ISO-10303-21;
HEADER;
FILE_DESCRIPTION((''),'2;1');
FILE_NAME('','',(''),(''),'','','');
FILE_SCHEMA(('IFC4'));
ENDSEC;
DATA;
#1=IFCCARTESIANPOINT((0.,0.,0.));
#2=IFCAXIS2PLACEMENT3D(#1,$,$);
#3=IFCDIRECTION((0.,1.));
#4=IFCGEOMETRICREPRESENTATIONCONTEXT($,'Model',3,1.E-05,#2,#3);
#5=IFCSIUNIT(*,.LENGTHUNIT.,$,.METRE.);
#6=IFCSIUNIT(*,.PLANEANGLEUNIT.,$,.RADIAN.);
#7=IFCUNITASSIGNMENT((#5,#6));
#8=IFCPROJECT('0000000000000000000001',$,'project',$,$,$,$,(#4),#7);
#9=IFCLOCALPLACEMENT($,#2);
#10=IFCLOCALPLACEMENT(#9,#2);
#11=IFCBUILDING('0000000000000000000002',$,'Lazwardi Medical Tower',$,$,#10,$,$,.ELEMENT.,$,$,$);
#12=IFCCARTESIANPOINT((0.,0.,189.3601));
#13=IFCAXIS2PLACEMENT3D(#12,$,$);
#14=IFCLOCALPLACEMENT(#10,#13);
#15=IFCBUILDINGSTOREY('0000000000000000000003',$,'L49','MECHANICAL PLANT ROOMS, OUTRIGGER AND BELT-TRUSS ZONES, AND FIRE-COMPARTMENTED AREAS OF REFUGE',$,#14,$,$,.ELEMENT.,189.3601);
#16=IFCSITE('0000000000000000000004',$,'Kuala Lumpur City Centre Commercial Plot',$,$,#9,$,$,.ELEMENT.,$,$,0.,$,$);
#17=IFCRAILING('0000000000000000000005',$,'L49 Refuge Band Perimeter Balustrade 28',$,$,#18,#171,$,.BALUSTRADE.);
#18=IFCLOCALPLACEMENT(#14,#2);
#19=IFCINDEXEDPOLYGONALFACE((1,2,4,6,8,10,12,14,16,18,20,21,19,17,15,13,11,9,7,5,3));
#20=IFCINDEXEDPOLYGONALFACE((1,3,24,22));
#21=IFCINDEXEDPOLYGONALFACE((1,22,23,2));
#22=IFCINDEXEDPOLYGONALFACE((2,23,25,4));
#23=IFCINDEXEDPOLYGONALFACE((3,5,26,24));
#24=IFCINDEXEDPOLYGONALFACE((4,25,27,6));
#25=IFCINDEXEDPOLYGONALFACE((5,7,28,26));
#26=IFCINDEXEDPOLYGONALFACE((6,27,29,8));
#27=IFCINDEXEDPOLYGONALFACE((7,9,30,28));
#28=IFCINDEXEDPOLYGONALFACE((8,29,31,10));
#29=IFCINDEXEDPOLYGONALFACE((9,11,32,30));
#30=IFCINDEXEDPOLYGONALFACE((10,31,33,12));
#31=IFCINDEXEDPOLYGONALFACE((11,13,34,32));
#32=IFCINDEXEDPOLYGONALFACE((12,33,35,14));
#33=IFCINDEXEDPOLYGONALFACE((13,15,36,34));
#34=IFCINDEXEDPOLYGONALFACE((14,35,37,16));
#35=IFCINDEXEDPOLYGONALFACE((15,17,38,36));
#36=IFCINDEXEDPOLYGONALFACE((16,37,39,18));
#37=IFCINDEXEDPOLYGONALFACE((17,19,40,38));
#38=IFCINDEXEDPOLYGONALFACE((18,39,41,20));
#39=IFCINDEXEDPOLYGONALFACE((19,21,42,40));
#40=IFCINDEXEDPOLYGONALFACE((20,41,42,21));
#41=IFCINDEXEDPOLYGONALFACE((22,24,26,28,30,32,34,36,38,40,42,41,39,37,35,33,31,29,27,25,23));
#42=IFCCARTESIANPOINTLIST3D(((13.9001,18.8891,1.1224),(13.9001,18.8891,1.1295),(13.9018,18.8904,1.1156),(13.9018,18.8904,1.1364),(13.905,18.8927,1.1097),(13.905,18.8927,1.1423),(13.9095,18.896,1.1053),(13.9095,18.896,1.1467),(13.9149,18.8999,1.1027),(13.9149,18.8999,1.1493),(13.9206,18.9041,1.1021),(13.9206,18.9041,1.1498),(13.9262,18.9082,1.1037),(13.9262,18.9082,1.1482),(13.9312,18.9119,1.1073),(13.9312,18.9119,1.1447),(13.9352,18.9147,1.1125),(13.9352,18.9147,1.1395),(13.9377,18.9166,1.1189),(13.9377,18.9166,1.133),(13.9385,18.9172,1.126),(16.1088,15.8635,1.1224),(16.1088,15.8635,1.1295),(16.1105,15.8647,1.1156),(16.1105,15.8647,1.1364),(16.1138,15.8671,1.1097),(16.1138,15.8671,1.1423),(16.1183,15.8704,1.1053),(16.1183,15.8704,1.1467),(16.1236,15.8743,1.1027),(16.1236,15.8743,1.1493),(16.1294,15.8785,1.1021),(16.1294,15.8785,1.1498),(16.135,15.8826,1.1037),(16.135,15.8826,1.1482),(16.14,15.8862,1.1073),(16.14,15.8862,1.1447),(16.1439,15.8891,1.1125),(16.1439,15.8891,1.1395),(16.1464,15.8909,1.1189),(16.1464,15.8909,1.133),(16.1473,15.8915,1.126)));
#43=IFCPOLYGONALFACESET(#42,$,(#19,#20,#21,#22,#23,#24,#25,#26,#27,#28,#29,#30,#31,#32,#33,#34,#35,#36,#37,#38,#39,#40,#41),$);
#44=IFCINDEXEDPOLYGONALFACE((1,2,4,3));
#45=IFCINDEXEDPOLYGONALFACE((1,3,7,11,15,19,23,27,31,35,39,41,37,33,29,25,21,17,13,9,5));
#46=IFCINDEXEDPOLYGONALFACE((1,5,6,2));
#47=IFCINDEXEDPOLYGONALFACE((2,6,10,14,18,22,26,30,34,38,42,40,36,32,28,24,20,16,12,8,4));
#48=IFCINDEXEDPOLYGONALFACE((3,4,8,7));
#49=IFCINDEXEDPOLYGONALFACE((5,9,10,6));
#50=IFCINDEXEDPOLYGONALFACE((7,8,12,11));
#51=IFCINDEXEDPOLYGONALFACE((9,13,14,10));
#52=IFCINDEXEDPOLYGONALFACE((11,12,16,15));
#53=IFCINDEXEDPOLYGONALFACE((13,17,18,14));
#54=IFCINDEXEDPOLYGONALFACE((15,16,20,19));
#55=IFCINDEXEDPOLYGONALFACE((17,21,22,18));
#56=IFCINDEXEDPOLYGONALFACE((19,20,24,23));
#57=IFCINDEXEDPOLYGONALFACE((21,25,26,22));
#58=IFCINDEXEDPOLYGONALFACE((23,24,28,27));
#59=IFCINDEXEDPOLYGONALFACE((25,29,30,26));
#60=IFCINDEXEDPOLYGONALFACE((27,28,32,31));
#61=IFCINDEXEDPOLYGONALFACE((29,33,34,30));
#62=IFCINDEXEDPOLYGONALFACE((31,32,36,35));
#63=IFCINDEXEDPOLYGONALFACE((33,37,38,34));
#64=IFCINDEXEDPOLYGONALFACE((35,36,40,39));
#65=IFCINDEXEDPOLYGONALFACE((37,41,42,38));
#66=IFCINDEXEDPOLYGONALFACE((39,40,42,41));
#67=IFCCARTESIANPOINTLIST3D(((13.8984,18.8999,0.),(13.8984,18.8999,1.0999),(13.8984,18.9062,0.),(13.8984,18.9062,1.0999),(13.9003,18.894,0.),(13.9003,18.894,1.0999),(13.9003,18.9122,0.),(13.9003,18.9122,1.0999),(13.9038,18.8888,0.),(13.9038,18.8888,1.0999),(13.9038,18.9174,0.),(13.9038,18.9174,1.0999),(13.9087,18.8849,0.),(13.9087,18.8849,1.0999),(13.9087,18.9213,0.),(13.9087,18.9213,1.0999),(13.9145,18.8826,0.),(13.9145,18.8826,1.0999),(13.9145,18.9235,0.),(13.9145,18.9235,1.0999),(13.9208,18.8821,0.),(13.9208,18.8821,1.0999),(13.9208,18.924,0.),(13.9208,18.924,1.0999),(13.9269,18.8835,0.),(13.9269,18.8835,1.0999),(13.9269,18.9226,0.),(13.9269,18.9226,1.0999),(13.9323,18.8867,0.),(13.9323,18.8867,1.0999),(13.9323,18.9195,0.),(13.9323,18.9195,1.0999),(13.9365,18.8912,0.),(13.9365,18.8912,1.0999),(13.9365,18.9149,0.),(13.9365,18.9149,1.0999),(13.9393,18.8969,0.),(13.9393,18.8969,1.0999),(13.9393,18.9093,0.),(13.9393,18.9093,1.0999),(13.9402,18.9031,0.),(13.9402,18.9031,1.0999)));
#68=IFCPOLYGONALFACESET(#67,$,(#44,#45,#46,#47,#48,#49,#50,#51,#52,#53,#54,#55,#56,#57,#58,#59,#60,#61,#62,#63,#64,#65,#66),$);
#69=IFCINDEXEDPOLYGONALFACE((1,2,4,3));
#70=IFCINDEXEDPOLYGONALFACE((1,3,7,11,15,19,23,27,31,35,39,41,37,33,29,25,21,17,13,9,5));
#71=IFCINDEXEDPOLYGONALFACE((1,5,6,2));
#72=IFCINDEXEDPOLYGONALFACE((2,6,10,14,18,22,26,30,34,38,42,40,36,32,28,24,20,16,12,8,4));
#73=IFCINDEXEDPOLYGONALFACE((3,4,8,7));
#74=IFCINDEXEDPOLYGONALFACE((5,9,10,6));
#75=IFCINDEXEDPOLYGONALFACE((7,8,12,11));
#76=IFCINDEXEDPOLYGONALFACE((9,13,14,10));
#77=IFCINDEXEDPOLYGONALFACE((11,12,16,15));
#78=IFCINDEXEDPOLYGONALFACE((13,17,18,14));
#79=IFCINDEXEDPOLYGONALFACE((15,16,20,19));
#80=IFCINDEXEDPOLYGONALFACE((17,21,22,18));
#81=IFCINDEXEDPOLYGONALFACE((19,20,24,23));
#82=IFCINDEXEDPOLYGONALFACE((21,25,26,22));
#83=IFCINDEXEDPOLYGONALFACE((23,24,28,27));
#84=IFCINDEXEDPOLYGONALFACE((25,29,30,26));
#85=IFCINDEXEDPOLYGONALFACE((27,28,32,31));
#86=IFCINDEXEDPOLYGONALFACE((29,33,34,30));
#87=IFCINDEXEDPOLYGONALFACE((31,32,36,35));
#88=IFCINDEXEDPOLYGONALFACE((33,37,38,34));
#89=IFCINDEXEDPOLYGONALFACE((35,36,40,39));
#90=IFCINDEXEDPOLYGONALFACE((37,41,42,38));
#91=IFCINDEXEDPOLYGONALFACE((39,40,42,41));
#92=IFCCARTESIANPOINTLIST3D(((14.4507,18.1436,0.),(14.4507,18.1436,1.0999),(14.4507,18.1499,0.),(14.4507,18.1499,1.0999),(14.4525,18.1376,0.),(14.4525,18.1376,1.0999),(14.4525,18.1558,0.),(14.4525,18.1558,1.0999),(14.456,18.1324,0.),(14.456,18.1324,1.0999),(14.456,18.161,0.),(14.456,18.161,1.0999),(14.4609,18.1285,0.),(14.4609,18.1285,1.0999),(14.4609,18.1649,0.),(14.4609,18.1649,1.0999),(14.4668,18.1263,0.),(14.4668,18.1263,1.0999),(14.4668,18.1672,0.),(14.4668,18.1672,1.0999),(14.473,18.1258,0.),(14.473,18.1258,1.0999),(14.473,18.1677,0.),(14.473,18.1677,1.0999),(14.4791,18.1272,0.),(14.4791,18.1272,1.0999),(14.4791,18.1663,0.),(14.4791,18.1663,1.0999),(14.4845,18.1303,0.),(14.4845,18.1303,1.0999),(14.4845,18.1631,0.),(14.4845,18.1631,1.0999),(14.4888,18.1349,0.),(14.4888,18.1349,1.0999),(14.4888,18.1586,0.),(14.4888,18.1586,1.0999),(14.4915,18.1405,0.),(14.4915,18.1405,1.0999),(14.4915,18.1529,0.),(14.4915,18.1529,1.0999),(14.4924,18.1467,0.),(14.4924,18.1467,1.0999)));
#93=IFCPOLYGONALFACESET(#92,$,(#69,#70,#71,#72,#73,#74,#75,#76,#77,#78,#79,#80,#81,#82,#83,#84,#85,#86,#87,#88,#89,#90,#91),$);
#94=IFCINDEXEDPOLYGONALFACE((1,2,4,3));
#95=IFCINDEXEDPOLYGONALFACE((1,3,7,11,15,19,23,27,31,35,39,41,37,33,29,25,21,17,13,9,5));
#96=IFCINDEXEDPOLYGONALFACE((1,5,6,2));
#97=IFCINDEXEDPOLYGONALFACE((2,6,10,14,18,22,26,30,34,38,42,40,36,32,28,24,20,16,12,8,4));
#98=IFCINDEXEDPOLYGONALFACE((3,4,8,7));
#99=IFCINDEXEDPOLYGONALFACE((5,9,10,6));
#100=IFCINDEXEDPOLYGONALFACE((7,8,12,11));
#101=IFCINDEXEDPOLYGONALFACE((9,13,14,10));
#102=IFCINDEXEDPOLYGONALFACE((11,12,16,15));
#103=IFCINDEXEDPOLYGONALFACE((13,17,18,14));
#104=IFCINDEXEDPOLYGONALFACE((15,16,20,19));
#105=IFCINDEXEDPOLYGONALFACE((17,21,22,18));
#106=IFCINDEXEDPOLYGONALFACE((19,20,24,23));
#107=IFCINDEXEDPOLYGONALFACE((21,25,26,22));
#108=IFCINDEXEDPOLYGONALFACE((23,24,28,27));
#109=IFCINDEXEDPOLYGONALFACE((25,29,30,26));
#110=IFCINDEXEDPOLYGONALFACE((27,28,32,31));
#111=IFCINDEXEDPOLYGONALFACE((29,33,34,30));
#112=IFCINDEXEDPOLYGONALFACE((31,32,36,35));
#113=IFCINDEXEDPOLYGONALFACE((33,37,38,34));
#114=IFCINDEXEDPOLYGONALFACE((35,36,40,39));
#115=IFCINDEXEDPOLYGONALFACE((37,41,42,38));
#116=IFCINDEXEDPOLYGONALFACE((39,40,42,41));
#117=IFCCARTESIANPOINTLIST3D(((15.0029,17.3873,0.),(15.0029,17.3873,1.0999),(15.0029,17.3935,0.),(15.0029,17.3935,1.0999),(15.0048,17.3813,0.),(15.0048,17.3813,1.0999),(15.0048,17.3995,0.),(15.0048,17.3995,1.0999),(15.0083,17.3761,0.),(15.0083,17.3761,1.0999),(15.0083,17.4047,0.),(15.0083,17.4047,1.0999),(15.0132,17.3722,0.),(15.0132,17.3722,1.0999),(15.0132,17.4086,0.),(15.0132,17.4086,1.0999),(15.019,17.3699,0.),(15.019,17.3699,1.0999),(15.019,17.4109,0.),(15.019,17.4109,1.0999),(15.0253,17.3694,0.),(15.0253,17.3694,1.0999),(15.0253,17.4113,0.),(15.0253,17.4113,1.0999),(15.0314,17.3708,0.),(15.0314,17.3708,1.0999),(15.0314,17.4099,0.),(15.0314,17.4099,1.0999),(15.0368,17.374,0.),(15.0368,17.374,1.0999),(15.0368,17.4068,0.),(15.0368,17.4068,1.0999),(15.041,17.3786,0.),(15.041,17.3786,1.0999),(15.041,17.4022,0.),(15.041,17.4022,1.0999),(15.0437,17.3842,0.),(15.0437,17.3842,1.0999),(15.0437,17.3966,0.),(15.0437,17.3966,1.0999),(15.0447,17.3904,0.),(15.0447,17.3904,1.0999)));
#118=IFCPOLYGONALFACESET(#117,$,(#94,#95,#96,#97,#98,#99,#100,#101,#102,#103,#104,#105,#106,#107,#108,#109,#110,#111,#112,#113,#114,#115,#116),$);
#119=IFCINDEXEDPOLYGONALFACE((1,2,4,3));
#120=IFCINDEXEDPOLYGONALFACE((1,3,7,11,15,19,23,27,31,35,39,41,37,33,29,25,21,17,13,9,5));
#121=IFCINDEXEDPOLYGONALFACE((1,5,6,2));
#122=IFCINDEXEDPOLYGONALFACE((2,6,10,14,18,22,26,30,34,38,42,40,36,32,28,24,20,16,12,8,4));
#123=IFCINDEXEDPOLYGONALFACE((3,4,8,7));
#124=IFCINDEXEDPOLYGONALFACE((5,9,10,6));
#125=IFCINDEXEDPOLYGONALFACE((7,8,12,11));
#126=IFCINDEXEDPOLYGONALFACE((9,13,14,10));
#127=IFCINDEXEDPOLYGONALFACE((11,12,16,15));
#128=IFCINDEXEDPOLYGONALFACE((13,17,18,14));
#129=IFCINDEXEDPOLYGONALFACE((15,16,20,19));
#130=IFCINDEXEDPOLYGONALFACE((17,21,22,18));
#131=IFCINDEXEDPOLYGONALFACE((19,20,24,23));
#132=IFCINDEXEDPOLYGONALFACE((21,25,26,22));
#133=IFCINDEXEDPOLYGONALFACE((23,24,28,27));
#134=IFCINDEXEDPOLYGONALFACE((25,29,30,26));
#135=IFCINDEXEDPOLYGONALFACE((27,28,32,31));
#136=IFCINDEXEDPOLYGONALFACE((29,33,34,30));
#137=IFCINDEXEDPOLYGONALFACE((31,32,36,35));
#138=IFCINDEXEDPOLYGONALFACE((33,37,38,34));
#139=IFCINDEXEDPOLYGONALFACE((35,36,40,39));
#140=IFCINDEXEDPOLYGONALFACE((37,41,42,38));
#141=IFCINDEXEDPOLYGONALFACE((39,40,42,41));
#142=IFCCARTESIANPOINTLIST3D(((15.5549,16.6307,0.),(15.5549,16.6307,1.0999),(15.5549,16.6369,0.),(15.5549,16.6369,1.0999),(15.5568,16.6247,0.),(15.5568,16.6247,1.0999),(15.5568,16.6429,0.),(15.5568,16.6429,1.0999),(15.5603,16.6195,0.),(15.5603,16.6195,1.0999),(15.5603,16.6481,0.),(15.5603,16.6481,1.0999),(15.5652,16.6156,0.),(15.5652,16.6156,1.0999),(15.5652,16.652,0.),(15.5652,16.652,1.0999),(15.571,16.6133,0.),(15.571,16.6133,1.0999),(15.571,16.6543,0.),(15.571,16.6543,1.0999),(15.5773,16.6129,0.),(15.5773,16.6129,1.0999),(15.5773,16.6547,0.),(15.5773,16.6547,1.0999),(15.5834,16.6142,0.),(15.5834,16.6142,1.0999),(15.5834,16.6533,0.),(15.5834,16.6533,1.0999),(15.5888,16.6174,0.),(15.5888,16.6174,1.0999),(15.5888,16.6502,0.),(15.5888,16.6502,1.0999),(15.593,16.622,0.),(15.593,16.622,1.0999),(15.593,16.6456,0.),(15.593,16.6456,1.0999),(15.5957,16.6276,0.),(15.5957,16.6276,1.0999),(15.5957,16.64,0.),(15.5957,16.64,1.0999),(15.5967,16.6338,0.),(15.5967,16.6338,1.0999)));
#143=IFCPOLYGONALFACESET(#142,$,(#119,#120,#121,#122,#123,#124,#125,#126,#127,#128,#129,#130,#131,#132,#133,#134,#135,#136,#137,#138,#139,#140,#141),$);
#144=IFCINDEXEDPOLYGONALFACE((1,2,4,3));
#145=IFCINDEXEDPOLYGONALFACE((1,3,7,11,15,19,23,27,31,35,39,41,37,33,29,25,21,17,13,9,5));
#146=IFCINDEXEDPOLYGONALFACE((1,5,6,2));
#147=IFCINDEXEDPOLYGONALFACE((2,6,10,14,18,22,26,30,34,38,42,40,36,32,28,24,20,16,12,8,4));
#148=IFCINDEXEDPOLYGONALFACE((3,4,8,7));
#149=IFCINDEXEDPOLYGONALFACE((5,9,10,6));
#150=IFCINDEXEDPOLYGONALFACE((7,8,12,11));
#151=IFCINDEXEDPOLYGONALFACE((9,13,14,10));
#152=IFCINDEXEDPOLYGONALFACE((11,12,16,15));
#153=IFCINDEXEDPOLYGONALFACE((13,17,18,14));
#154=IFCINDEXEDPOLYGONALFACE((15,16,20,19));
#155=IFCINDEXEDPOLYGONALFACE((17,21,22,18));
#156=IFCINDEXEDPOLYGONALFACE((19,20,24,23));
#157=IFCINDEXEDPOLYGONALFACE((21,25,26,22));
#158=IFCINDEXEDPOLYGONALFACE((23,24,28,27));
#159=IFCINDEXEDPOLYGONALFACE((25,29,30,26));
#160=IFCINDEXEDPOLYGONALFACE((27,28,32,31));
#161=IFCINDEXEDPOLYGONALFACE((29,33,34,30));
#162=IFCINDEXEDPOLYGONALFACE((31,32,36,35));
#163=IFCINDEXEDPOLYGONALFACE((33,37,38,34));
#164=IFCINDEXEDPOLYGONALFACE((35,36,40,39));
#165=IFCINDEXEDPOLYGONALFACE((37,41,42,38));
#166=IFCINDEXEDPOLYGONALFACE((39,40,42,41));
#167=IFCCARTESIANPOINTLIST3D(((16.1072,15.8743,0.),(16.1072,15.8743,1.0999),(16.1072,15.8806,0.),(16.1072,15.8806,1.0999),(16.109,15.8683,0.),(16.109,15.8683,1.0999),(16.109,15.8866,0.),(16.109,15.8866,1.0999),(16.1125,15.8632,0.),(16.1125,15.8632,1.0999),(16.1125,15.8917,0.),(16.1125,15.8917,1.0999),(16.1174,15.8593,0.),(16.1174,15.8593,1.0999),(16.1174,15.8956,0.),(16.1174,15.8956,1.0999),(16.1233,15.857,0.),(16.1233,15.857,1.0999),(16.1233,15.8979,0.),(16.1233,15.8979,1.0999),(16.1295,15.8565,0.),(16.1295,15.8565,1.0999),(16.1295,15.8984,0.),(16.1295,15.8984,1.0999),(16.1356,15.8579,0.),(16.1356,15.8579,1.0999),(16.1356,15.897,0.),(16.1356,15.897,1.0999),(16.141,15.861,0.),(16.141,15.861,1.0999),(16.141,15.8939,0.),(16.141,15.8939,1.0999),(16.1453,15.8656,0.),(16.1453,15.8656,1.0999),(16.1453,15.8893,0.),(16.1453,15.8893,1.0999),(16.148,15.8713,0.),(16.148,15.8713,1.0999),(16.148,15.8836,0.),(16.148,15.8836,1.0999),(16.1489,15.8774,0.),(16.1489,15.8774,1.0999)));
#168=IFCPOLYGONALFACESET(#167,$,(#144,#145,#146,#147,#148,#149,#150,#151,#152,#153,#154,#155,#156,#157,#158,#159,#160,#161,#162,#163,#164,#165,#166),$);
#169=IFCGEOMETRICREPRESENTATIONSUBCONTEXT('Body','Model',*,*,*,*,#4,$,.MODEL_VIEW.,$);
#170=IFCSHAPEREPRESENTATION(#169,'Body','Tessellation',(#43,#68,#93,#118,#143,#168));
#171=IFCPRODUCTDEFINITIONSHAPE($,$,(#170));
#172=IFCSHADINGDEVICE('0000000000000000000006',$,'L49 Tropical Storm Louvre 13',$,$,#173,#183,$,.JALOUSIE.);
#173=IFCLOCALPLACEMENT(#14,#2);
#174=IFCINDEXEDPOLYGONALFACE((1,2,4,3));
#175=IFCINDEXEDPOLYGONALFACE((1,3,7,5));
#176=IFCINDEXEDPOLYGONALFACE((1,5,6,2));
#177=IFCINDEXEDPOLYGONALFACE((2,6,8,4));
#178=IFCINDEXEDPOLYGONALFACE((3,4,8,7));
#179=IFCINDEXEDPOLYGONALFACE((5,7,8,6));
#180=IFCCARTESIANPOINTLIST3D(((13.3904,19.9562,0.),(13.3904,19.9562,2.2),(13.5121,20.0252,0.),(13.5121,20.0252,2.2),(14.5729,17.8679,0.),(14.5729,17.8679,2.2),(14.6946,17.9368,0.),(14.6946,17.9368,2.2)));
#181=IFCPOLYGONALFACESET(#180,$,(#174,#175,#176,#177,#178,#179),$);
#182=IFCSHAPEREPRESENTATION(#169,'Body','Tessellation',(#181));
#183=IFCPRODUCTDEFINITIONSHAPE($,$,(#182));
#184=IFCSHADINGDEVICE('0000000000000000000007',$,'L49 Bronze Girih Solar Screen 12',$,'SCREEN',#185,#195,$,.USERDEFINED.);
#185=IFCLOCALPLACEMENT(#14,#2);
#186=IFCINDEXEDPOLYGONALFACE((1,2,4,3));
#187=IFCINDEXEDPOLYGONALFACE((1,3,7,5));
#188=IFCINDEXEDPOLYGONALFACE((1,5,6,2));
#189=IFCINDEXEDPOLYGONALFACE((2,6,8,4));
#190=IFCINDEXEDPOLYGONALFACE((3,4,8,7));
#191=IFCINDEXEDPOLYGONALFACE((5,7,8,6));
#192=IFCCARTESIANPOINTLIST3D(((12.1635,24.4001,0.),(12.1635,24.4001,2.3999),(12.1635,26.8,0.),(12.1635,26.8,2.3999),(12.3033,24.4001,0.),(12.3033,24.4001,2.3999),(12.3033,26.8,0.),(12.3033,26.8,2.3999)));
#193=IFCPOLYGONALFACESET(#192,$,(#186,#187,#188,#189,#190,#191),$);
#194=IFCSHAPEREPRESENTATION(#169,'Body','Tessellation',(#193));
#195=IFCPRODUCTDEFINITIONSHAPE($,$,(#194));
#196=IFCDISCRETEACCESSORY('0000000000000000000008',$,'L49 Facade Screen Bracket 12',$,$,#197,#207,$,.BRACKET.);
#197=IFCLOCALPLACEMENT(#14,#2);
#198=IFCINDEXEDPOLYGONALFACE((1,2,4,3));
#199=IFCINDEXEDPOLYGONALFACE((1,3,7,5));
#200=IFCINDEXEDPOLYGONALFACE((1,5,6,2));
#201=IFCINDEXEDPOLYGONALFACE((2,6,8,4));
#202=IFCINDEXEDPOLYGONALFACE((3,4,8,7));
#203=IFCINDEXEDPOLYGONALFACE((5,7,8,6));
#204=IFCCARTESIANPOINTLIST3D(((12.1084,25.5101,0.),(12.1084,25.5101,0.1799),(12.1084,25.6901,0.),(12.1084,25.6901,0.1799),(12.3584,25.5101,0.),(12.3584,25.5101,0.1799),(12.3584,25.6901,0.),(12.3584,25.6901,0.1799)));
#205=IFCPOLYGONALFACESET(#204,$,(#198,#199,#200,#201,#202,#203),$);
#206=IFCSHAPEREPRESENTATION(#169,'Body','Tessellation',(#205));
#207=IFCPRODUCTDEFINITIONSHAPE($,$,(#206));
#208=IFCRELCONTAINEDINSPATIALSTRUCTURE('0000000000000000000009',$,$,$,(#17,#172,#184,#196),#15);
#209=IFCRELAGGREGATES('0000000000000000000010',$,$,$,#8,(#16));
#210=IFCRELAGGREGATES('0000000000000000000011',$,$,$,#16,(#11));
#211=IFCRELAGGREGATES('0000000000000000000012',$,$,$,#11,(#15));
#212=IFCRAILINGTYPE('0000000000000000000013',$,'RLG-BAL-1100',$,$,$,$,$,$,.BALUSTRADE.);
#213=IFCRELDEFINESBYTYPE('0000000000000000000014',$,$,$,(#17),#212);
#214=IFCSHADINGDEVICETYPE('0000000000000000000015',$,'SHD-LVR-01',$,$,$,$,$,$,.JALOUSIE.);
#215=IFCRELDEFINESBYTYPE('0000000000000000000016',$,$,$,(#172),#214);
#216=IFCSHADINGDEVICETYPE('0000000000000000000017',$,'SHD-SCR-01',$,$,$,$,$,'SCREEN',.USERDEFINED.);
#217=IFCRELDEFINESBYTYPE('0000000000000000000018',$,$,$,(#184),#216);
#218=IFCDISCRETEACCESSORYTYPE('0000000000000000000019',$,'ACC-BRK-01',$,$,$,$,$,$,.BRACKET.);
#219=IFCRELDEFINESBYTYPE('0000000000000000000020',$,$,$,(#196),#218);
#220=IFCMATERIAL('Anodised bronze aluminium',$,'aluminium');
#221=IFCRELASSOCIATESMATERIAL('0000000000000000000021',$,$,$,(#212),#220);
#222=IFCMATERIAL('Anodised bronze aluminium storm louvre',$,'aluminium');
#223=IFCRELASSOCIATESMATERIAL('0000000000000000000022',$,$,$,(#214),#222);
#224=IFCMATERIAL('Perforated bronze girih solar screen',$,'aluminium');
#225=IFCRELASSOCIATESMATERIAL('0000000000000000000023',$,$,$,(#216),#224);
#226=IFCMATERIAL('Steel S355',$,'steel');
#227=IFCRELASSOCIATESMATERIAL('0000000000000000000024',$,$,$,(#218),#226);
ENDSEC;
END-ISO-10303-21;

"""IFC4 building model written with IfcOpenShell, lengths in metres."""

from ifc_helpers import new_model, si_unit, direction, frame, origin, origin_2d, place, context, subcontext, project, spatial, rectangle, circle, extrude, material, type_object, element, save


model = new_model("IFC4")

# Units and contexts
model_context = context("Model", 3, precision=1e-05, world=origin(), true_north=direction((0.0, 1.0)))
body_context = subcontext(model_context, "Body", "Model", "MODEL_VIEW")
ifc_project = project(units=[si_unit("LENGTHUNIT", "METRE"), si_unit("PLANEANGLEUNIT", "RADIAN")], contexts=[model_context])

# Site, building, storey
site_placement = place(None, origin())
site = spatial("IfcSite", under=ifc_project, at=site_placement, Name="Kuala Lumpur City Centre Commercial Plot", CompositionType="ELEMENT", RefElevation=0.0)
building_placement = place(site_placement, origin())
building = spatial("IfcBuilding", under=site, at=building_placement, Name="Lazwardi Medical Tower", CompositionType="ELEMENT")
storey_placement = place(building_placement, frame((0.0, 0.0, 189.3601)))
storey = spatial("IfcBuildingStorey", under=building, at=storey_placement, Name="L49", Description="MECHANICAL PLANT ROOMS, OUTRIGGER AND BELT-TRUSS ZONES, AND FIRE-COMPARTMENTED AREAS OF REFUGE", CompositionType="ELEMENT", Elevation=189.3601)

# Shared definitions
ifc_material_1 = material(Name="Steel S355", Category="steel")

# Railing
ifc_material_2 = material(Name="Anodised bronze aluminium", Category="aluminium")
railing_type = type_object("IfcRailingType", Name="RLG-BAL-1100", PredefinedType="BALUSTRADE", material=ifc_material_2)
railing_1_placement = place(storey_placement, frame((13.9192, 18.9031, 0.0)))
element("IfcRailing", 1, at=railing_1_placement, inside=storey, type_object=railing_type, Name="L49 Refuge Band Perimeter Balustrade 28", PredefinedType="BALUSTRADE", context=body_context, shape_type="SweptSolid", body=[
    extrude(circle(Radius=0.0239, at=origin_2d()), frame((0.0, 0.0, 1.126), z_axis=(0.589616, -0.807684, 0.0), x_axis=(0.807684, 0.589616, 0.0)), (0.0, 0.0, 1.0), 3.7461),
    extrude(circle(Radius=0.021, at=origin_2d()), origin(), (0.0, 0.0, 1.0), 1.0999),
    extrude(circle(Radius=0.021, at=origin_2d()), frame((0.5522, -0.7563, 0.0)), (0.0, 0.0, 1.0), 1.0999),
    extrude(circle(Radius=0.021, at=origin_2d()), frame((1.1045, -1.5127, 0.0)), (0.0, 0.0, 1.0), 1.0999),
    extrude(circle(Radius=0.021, at=origin_2d()), frame((1.6565, -2.2693, 0.0)), (0.0, 0.0, 1.0), 1.0999),
    extrude(circle(Radius=0.021, at=origin_2d()), frame((2.2087, -3.0256, 0.0)), (0.0, 0.0, 1.0), 1.0999),
])

# Shading devices
ifc_material_3 = material(Name="Anodised bronze aluminium storm louvre", Category="aluminium")
shading_device_type_1 = type_object("IfcShadingDeviceType", Name="SHD-LVR-01", PredefinedType="JALOUSIE", material=ifc_material_3)
shading_device_1_placement = place(storey_placement, frame((14.0425, 18.9465, 0.0), z_axis=(0.0, 0.0, 1.0), x_axis=(0.492726, -0.870185, 0.0)))
element("IfcShadingDevice", 2, at=shading_device_1_placement, inside=storey, type_object=shading_device_type_1, Name="L49 Tropical Storm Louvre 13", PredefinedType="JALOUSIE", context=body_context, shape_type="SweptSolid", body=[
    extrude(rectangle(XDim=2.3999, YDim=0.1399, at=origin_2d()), origin(), (0.0, 0.0, 1.0), 2.2),
])
ifc_material_4 = material(Name="Perforated bronze girih solar screen", Category="aluminium")
shading_device_type_2 = type_object("IfcShadingDeviceType", Name="SHD-SCR-01", ElementType="SCREEN", PredefinedType="USERDEFINED", material=ifc_material_4)
shading_device_2_placement = place(storey_placement, frame((12.2334, 25.6001, 0.0), z_axis=(0.0, 0.0, 1.0), x_axis=(0.0, -1.0, 0.0)))
element("IfcShadingDevice", 3, at=shading_device_2_placement, inside=storey, type_object=shading_device_type_2, Name="L49 Bronze Girih Solar Screen 12", ObjectType="SCREEN", PredefinedType="USERDEFINED", context=body_context, shape_type="SweptSolid", body=[
    extrude(rectangle(XDim=2.3999, YDim=0.1399, at=origin_2d()), origin(), (0.0, 0.0, 1.0), 2.3999),
])

# Discrete accessory
discrete_accessory_type = type_object("IfcDiscreteAccessoryType", Name="ACC-BRK-01", PredefinedType="BRACKET", material=ifc_material_1)
for number, where, z_axis, x_axis, name in (
    (4, (12.2334, 25.6001, 0.0), (0.0, 0.0, 1.0), (0.0, -1.0, 0.0), "L49 Facade Screen Bracket 12"),
):
    element("IfcDiscreteAccessory", number, at=place(storey_placement, frame(where, z_axis=z_axis, x_axis=x_axis)), inside=storey, type_object=discrete_accessory_type, Name=name, PredefinedType="BRACKET", context=body_context, shape_type="SweptSolid", body=[
        extrude(rectangle(XDim=0.1799, YDim=0.25, at=origin_2d()), origin(), (0.0, 0.0, 1.0), 0.1799),
    ])

save(model, "model.ifc")
